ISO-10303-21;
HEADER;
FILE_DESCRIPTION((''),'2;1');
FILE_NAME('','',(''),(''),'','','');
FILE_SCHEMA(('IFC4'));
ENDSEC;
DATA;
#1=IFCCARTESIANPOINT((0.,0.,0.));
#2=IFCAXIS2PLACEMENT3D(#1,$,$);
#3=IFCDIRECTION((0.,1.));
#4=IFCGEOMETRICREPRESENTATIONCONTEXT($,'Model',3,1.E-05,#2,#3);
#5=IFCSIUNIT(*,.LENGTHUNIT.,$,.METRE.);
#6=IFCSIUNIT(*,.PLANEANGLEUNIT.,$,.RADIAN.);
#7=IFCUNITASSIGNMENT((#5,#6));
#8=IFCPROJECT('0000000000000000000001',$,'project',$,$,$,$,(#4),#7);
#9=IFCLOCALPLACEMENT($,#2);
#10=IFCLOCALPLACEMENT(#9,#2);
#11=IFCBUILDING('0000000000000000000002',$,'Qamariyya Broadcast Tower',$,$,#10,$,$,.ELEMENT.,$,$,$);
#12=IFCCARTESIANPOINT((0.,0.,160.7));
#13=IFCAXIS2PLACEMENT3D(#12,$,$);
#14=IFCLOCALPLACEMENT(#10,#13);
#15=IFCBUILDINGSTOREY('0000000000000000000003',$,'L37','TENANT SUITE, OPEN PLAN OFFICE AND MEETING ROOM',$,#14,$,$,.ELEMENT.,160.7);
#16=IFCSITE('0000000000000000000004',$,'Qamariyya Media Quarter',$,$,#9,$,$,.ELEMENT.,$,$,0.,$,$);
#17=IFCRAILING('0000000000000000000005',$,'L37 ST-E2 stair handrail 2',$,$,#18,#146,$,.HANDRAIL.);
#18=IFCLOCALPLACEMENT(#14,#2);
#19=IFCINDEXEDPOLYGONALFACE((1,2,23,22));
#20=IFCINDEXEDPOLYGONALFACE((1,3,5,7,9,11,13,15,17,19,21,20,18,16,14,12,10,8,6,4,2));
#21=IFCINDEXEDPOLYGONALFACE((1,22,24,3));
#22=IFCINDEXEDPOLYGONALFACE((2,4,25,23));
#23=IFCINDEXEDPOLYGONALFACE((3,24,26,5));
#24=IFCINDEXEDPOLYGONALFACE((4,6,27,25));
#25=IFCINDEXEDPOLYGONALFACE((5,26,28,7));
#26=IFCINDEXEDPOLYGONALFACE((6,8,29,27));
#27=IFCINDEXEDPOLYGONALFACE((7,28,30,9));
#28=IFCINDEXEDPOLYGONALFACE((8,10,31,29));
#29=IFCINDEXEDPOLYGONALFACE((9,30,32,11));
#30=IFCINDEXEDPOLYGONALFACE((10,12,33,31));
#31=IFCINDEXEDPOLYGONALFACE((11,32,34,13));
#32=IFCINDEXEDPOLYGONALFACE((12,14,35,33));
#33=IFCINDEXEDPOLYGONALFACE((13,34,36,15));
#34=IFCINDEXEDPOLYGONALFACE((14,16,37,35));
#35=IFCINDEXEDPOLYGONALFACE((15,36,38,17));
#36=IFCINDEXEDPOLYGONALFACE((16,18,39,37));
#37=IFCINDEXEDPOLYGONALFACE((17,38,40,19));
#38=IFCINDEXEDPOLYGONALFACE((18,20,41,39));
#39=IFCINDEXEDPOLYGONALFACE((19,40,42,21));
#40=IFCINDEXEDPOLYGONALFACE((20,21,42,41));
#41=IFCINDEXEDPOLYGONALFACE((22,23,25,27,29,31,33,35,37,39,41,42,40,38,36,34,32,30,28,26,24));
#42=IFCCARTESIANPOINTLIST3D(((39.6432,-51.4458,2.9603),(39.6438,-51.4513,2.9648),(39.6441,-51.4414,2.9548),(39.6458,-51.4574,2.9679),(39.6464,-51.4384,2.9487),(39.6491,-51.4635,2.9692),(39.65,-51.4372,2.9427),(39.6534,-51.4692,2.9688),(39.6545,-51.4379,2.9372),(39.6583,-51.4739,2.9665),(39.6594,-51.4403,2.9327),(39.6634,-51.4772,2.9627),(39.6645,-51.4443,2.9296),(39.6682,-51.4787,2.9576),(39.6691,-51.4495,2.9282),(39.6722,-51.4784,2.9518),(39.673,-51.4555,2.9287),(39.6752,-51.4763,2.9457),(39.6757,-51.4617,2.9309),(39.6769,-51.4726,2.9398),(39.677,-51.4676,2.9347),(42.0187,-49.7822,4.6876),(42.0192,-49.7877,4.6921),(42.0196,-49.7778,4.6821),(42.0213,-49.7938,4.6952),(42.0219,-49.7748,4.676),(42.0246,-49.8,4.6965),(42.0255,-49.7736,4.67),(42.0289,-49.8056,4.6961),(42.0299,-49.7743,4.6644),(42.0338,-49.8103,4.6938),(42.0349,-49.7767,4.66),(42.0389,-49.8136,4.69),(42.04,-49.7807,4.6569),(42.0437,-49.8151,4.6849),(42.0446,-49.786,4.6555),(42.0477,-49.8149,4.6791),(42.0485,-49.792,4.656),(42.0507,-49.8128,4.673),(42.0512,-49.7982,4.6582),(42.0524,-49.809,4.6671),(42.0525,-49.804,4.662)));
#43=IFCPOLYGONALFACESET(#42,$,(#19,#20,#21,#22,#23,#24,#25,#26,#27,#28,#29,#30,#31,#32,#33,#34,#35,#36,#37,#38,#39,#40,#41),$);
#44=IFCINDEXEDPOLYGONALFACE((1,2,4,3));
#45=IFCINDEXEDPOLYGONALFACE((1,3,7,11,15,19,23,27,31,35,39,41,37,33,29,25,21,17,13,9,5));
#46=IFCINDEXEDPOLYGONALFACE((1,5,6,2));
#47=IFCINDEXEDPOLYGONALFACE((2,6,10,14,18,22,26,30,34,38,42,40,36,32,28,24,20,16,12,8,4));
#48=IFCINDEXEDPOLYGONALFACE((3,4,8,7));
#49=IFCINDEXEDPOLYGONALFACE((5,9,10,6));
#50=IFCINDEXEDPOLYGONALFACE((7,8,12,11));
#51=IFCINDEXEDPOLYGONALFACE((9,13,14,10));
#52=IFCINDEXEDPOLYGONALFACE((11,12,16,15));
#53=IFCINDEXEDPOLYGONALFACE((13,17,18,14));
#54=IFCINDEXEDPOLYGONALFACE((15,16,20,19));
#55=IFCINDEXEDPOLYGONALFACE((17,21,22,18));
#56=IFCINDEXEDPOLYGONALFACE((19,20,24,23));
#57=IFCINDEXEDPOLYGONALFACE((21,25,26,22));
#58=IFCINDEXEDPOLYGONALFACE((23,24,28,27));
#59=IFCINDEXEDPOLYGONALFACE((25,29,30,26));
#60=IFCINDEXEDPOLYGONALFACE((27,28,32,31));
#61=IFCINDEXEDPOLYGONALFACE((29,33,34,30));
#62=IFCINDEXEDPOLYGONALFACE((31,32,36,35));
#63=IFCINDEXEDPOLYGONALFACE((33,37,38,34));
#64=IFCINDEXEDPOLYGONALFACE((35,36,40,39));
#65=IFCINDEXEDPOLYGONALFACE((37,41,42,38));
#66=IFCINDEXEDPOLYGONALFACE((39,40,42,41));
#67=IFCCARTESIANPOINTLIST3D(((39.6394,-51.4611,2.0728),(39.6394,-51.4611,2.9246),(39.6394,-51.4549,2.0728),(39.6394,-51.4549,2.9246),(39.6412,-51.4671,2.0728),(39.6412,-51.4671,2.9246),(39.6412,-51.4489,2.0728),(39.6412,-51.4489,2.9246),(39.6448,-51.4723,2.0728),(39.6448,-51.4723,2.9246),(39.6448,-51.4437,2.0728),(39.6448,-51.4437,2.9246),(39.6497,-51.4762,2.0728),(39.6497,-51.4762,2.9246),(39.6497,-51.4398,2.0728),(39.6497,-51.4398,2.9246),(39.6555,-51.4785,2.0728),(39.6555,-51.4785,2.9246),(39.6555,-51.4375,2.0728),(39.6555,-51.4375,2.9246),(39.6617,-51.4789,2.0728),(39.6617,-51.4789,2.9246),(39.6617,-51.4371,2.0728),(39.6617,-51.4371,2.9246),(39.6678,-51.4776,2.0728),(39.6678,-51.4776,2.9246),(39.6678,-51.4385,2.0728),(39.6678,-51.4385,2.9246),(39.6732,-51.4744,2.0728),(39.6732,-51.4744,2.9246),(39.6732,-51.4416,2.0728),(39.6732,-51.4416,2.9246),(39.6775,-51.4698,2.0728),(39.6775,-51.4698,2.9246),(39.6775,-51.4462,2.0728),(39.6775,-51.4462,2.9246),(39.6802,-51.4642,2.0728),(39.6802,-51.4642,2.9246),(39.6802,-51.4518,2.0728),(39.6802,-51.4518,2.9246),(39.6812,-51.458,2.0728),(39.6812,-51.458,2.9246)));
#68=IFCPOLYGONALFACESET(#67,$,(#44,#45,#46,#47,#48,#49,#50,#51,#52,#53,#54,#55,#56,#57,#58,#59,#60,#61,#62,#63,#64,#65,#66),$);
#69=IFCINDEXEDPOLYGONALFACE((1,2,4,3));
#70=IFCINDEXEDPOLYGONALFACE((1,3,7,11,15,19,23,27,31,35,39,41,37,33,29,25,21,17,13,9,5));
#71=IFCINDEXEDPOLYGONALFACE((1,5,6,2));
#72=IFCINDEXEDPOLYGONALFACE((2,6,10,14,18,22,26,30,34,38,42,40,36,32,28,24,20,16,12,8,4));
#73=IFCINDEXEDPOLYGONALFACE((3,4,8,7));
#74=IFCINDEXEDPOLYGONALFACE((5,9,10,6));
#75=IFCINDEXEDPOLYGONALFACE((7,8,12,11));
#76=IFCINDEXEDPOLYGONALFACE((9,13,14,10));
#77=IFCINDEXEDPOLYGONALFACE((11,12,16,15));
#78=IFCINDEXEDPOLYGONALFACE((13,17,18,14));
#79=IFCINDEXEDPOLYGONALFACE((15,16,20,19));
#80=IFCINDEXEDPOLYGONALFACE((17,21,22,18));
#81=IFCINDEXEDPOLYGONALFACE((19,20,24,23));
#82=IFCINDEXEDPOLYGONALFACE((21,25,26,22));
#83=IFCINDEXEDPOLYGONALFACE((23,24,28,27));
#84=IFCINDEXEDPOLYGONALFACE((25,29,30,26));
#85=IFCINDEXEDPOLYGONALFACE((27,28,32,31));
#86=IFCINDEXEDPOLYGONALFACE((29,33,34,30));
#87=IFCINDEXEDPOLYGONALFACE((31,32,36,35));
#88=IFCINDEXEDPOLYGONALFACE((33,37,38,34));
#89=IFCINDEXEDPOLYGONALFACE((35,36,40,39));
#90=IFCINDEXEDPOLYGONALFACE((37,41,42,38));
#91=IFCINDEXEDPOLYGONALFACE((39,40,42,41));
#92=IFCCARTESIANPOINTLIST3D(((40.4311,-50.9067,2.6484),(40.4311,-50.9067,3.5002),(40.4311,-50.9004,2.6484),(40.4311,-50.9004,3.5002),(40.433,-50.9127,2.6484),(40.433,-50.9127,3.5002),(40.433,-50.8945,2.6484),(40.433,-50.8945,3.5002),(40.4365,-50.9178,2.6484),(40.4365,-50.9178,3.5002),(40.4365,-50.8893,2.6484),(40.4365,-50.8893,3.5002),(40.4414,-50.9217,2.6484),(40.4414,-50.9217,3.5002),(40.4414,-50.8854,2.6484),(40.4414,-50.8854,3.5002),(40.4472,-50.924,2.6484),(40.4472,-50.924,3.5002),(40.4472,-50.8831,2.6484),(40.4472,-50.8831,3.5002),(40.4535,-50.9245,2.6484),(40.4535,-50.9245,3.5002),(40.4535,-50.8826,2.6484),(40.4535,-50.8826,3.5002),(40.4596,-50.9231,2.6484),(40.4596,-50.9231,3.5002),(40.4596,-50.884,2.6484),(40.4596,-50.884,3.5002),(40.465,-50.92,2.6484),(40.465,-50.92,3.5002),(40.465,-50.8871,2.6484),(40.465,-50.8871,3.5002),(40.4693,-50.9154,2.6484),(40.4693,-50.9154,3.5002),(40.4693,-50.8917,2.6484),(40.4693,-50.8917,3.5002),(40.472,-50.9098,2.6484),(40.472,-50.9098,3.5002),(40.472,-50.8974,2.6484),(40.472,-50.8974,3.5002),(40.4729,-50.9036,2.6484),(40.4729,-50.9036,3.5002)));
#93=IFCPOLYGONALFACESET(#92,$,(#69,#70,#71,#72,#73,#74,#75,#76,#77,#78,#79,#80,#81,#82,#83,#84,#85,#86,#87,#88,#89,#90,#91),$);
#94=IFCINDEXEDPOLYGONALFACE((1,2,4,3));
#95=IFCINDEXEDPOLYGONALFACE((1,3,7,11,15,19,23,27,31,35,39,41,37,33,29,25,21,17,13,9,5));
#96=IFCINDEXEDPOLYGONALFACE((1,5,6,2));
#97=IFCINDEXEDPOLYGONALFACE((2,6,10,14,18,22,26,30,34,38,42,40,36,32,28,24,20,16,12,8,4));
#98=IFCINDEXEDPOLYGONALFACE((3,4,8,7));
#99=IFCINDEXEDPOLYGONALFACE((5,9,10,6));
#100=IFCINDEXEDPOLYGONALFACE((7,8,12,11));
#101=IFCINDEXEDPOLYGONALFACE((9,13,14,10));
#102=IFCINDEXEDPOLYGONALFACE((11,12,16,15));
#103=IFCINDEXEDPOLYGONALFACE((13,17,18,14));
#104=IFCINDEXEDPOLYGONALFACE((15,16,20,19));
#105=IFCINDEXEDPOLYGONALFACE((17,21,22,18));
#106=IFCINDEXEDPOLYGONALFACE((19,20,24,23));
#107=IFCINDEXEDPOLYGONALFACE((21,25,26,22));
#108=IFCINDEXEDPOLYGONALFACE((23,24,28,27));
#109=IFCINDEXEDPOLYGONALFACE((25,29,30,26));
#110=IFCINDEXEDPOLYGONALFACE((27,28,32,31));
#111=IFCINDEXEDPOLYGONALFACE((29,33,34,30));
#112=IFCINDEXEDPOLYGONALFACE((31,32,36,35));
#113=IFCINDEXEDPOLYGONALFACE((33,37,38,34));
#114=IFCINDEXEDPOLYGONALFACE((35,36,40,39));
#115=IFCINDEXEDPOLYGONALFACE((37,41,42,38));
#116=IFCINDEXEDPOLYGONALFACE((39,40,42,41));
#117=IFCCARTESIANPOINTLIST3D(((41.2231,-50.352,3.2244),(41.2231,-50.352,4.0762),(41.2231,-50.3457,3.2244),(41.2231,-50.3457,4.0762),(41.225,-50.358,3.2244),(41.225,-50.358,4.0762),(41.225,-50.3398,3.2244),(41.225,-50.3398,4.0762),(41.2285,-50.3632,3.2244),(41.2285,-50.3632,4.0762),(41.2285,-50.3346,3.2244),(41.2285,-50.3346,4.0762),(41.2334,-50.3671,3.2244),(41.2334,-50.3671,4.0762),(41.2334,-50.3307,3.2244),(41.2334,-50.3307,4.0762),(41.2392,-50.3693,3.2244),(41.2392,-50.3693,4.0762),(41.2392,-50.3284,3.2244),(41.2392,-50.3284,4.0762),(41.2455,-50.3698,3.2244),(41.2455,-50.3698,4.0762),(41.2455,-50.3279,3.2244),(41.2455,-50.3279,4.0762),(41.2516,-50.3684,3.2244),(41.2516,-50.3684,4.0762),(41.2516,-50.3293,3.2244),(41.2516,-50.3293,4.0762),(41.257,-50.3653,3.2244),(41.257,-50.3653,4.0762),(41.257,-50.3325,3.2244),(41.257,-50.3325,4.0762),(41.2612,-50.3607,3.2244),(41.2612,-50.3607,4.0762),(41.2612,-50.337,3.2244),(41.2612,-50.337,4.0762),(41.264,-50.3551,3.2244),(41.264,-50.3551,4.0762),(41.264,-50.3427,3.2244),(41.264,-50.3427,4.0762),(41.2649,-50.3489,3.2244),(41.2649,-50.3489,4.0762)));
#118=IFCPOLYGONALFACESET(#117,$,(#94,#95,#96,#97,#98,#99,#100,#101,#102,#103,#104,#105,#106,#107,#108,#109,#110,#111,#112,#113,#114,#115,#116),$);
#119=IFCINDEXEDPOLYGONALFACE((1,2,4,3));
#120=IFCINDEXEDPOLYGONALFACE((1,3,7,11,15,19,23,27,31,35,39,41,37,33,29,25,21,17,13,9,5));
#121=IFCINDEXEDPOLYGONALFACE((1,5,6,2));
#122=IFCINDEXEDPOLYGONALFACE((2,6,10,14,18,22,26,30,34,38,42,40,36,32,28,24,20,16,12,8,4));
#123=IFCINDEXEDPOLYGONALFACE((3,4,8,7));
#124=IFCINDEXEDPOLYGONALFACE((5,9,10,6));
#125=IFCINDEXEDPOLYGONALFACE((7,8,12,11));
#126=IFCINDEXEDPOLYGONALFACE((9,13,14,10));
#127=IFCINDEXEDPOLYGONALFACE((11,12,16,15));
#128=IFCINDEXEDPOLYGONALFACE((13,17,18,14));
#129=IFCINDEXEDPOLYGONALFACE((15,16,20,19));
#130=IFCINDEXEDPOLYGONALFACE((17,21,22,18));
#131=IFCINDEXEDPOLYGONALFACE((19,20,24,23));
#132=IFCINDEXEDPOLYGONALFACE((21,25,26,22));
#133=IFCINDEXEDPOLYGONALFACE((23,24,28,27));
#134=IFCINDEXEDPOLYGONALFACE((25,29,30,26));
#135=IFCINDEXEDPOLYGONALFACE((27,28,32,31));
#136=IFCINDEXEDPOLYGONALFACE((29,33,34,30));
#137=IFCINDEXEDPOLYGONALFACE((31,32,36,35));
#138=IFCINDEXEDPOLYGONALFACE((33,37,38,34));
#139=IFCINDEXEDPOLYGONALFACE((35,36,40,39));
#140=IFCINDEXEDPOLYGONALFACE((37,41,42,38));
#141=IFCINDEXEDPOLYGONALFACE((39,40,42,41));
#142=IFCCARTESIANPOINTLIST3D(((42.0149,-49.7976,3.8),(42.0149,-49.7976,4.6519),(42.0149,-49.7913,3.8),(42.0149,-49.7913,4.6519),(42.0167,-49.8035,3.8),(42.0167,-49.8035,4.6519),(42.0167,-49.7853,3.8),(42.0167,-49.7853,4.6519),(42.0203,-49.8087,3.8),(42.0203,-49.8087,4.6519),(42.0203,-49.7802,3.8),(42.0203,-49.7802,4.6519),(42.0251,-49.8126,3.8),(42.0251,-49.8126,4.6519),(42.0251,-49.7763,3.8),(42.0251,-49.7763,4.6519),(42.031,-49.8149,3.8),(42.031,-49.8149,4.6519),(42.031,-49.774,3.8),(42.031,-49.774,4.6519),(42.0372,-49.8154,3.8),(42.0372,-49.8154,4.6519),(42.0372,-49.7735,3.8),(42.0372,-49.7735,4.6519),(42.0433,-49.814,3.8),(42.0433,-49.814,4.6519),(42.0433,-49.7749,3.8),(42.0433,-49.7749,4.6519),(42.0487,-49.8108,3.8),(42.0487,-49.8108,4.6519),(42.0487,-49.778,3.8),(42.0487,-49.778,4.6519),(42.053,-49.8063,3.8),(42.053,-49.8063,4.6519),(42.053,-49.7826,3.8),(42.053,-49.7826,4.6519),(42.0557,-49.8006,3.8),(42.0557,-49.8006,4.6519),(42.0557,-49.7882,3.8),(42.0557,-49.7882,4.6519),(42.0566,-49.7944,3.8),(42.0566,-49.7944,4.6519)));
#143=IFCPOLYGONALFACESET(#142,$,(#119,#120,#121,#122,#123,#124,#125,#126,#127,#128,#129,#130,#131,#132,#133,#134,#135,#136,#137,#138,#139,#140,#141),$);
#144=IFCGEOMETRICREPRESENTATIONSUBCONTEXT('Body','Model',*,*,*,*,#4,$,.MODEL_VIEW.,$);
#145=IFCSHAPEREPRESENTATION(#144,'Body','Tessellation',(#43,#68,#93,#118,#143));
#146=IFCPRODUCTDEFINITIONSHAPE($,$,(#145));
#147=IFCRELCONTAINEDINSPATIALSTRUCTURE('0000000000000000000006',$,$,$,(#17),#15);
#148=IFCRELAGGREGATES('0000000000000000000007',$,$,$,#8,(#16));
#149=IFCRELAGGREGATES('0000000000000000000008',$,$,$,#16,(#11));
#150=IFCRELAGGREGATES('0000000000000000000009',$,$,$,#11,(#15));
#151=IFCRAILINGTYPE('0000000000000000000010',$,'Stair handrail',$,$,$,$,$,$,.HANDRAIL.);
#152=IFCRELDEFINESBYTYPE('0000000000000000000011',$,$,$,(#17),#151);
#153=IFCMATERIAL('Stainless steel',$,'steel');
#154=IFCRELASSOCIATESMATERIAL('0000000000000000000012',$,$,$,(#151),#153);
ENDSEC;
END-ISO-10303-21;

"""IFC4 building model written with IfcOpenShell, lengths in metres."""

from ifc_helpers import new_model, si_unit, direction, frame, origin, origin_2d, place, context, subcontext, project, spatial, circle, extrude, material, type_object, element, save


model = new_model("IFC4")

# Units and contexts
model_context = context("Model", 3, precision=1e-05, world=origin(), true_north=direction((0.0, 1.0)))
body_context = subcontext(model_context, "Body", "Model", "MODEL_VIEW")
ifc_project = project(units=[si_unit("LENGTHUNIT", "METRE"), si_unit("PLANEANGLEUNIT", "RADIAN")], contexts=[model_context])

# Site, building, storey
site_placement = place(None, origin())
site = spatial("IfcSite", under=ifc_project, at=site_placement, Name="Qamariyya Media Quarter", CompositionType="ELEMENT", RefElevation=0.0)
building_placement = place(site_placement, origin())
building = spatial("IfcBuilding", under=site, at=building_placement, Name="Qamariyya Broadcast Tower", CompositionType="ELEMENT")
storey_placement = place(building_placement, frame((0.0, 0.0, 160.7)))
storey = spatial("IfcBuildingStorey", under=building, at=storey_placement, Name="L37", Description="TENANT SUITE, OPEN PLAN OFFICE AND MEETING ROOM", CompositionType="ELEMENT", Elevation=160.7)

# Railing
ifc_material_1 = material(Name="Stainless steel", Category="steel")
railing_type_1 = type_object("IfcRailingType", Name="Stair handrail", PredefinedType="HANDRAIL", material=ifc_material_1)
railing_1_placement = place(storey_placement, frame((39.6602, -51.458, 2.0728)))
element("IfcRailing", 1, at=railing_1_placement, inside=storey, type_object=railing_type_1, Name="L37 ST-E2 stair handrail 2", PredefinedType="HANDRAIL", context=body_context, shape_type="SweptSolid", body=[
    extrude(circle(Radius=0.0239, at=origin_2d()), frame((0.0, 0.0, 0.876), z_axis=(0.703745, 0.492838, 0.511716), x_axis=(-0.573632, 0.819113, 0.0)), (0.0, 0.0, 1.0), 3.3755),
    extrude(circle(Radius=0.021, at=origin_2d()), origin(), (0.0, 0.0, 1.0), 0.8518),
    extrude(circle(Radius=0.021, at=origin_2d()), frame((0.7917, 0.5544, 0.5757)), (0.0, 0.0, 1.0), 0.8518),
    extrude(circle(Radius=0.021, at=origin_2d()), frame((1.5837, 1.1091, 1.1516)), (0.0, 0.0, 1.0), 0.8518),
    extrude(circle(Radius=0.021, at=origin_2d()), frame((2.3755, 1.6636, 1.7273)), (0.0, 0.0, 1.0), 0.8518),
])

save(model, "model.ifc")
